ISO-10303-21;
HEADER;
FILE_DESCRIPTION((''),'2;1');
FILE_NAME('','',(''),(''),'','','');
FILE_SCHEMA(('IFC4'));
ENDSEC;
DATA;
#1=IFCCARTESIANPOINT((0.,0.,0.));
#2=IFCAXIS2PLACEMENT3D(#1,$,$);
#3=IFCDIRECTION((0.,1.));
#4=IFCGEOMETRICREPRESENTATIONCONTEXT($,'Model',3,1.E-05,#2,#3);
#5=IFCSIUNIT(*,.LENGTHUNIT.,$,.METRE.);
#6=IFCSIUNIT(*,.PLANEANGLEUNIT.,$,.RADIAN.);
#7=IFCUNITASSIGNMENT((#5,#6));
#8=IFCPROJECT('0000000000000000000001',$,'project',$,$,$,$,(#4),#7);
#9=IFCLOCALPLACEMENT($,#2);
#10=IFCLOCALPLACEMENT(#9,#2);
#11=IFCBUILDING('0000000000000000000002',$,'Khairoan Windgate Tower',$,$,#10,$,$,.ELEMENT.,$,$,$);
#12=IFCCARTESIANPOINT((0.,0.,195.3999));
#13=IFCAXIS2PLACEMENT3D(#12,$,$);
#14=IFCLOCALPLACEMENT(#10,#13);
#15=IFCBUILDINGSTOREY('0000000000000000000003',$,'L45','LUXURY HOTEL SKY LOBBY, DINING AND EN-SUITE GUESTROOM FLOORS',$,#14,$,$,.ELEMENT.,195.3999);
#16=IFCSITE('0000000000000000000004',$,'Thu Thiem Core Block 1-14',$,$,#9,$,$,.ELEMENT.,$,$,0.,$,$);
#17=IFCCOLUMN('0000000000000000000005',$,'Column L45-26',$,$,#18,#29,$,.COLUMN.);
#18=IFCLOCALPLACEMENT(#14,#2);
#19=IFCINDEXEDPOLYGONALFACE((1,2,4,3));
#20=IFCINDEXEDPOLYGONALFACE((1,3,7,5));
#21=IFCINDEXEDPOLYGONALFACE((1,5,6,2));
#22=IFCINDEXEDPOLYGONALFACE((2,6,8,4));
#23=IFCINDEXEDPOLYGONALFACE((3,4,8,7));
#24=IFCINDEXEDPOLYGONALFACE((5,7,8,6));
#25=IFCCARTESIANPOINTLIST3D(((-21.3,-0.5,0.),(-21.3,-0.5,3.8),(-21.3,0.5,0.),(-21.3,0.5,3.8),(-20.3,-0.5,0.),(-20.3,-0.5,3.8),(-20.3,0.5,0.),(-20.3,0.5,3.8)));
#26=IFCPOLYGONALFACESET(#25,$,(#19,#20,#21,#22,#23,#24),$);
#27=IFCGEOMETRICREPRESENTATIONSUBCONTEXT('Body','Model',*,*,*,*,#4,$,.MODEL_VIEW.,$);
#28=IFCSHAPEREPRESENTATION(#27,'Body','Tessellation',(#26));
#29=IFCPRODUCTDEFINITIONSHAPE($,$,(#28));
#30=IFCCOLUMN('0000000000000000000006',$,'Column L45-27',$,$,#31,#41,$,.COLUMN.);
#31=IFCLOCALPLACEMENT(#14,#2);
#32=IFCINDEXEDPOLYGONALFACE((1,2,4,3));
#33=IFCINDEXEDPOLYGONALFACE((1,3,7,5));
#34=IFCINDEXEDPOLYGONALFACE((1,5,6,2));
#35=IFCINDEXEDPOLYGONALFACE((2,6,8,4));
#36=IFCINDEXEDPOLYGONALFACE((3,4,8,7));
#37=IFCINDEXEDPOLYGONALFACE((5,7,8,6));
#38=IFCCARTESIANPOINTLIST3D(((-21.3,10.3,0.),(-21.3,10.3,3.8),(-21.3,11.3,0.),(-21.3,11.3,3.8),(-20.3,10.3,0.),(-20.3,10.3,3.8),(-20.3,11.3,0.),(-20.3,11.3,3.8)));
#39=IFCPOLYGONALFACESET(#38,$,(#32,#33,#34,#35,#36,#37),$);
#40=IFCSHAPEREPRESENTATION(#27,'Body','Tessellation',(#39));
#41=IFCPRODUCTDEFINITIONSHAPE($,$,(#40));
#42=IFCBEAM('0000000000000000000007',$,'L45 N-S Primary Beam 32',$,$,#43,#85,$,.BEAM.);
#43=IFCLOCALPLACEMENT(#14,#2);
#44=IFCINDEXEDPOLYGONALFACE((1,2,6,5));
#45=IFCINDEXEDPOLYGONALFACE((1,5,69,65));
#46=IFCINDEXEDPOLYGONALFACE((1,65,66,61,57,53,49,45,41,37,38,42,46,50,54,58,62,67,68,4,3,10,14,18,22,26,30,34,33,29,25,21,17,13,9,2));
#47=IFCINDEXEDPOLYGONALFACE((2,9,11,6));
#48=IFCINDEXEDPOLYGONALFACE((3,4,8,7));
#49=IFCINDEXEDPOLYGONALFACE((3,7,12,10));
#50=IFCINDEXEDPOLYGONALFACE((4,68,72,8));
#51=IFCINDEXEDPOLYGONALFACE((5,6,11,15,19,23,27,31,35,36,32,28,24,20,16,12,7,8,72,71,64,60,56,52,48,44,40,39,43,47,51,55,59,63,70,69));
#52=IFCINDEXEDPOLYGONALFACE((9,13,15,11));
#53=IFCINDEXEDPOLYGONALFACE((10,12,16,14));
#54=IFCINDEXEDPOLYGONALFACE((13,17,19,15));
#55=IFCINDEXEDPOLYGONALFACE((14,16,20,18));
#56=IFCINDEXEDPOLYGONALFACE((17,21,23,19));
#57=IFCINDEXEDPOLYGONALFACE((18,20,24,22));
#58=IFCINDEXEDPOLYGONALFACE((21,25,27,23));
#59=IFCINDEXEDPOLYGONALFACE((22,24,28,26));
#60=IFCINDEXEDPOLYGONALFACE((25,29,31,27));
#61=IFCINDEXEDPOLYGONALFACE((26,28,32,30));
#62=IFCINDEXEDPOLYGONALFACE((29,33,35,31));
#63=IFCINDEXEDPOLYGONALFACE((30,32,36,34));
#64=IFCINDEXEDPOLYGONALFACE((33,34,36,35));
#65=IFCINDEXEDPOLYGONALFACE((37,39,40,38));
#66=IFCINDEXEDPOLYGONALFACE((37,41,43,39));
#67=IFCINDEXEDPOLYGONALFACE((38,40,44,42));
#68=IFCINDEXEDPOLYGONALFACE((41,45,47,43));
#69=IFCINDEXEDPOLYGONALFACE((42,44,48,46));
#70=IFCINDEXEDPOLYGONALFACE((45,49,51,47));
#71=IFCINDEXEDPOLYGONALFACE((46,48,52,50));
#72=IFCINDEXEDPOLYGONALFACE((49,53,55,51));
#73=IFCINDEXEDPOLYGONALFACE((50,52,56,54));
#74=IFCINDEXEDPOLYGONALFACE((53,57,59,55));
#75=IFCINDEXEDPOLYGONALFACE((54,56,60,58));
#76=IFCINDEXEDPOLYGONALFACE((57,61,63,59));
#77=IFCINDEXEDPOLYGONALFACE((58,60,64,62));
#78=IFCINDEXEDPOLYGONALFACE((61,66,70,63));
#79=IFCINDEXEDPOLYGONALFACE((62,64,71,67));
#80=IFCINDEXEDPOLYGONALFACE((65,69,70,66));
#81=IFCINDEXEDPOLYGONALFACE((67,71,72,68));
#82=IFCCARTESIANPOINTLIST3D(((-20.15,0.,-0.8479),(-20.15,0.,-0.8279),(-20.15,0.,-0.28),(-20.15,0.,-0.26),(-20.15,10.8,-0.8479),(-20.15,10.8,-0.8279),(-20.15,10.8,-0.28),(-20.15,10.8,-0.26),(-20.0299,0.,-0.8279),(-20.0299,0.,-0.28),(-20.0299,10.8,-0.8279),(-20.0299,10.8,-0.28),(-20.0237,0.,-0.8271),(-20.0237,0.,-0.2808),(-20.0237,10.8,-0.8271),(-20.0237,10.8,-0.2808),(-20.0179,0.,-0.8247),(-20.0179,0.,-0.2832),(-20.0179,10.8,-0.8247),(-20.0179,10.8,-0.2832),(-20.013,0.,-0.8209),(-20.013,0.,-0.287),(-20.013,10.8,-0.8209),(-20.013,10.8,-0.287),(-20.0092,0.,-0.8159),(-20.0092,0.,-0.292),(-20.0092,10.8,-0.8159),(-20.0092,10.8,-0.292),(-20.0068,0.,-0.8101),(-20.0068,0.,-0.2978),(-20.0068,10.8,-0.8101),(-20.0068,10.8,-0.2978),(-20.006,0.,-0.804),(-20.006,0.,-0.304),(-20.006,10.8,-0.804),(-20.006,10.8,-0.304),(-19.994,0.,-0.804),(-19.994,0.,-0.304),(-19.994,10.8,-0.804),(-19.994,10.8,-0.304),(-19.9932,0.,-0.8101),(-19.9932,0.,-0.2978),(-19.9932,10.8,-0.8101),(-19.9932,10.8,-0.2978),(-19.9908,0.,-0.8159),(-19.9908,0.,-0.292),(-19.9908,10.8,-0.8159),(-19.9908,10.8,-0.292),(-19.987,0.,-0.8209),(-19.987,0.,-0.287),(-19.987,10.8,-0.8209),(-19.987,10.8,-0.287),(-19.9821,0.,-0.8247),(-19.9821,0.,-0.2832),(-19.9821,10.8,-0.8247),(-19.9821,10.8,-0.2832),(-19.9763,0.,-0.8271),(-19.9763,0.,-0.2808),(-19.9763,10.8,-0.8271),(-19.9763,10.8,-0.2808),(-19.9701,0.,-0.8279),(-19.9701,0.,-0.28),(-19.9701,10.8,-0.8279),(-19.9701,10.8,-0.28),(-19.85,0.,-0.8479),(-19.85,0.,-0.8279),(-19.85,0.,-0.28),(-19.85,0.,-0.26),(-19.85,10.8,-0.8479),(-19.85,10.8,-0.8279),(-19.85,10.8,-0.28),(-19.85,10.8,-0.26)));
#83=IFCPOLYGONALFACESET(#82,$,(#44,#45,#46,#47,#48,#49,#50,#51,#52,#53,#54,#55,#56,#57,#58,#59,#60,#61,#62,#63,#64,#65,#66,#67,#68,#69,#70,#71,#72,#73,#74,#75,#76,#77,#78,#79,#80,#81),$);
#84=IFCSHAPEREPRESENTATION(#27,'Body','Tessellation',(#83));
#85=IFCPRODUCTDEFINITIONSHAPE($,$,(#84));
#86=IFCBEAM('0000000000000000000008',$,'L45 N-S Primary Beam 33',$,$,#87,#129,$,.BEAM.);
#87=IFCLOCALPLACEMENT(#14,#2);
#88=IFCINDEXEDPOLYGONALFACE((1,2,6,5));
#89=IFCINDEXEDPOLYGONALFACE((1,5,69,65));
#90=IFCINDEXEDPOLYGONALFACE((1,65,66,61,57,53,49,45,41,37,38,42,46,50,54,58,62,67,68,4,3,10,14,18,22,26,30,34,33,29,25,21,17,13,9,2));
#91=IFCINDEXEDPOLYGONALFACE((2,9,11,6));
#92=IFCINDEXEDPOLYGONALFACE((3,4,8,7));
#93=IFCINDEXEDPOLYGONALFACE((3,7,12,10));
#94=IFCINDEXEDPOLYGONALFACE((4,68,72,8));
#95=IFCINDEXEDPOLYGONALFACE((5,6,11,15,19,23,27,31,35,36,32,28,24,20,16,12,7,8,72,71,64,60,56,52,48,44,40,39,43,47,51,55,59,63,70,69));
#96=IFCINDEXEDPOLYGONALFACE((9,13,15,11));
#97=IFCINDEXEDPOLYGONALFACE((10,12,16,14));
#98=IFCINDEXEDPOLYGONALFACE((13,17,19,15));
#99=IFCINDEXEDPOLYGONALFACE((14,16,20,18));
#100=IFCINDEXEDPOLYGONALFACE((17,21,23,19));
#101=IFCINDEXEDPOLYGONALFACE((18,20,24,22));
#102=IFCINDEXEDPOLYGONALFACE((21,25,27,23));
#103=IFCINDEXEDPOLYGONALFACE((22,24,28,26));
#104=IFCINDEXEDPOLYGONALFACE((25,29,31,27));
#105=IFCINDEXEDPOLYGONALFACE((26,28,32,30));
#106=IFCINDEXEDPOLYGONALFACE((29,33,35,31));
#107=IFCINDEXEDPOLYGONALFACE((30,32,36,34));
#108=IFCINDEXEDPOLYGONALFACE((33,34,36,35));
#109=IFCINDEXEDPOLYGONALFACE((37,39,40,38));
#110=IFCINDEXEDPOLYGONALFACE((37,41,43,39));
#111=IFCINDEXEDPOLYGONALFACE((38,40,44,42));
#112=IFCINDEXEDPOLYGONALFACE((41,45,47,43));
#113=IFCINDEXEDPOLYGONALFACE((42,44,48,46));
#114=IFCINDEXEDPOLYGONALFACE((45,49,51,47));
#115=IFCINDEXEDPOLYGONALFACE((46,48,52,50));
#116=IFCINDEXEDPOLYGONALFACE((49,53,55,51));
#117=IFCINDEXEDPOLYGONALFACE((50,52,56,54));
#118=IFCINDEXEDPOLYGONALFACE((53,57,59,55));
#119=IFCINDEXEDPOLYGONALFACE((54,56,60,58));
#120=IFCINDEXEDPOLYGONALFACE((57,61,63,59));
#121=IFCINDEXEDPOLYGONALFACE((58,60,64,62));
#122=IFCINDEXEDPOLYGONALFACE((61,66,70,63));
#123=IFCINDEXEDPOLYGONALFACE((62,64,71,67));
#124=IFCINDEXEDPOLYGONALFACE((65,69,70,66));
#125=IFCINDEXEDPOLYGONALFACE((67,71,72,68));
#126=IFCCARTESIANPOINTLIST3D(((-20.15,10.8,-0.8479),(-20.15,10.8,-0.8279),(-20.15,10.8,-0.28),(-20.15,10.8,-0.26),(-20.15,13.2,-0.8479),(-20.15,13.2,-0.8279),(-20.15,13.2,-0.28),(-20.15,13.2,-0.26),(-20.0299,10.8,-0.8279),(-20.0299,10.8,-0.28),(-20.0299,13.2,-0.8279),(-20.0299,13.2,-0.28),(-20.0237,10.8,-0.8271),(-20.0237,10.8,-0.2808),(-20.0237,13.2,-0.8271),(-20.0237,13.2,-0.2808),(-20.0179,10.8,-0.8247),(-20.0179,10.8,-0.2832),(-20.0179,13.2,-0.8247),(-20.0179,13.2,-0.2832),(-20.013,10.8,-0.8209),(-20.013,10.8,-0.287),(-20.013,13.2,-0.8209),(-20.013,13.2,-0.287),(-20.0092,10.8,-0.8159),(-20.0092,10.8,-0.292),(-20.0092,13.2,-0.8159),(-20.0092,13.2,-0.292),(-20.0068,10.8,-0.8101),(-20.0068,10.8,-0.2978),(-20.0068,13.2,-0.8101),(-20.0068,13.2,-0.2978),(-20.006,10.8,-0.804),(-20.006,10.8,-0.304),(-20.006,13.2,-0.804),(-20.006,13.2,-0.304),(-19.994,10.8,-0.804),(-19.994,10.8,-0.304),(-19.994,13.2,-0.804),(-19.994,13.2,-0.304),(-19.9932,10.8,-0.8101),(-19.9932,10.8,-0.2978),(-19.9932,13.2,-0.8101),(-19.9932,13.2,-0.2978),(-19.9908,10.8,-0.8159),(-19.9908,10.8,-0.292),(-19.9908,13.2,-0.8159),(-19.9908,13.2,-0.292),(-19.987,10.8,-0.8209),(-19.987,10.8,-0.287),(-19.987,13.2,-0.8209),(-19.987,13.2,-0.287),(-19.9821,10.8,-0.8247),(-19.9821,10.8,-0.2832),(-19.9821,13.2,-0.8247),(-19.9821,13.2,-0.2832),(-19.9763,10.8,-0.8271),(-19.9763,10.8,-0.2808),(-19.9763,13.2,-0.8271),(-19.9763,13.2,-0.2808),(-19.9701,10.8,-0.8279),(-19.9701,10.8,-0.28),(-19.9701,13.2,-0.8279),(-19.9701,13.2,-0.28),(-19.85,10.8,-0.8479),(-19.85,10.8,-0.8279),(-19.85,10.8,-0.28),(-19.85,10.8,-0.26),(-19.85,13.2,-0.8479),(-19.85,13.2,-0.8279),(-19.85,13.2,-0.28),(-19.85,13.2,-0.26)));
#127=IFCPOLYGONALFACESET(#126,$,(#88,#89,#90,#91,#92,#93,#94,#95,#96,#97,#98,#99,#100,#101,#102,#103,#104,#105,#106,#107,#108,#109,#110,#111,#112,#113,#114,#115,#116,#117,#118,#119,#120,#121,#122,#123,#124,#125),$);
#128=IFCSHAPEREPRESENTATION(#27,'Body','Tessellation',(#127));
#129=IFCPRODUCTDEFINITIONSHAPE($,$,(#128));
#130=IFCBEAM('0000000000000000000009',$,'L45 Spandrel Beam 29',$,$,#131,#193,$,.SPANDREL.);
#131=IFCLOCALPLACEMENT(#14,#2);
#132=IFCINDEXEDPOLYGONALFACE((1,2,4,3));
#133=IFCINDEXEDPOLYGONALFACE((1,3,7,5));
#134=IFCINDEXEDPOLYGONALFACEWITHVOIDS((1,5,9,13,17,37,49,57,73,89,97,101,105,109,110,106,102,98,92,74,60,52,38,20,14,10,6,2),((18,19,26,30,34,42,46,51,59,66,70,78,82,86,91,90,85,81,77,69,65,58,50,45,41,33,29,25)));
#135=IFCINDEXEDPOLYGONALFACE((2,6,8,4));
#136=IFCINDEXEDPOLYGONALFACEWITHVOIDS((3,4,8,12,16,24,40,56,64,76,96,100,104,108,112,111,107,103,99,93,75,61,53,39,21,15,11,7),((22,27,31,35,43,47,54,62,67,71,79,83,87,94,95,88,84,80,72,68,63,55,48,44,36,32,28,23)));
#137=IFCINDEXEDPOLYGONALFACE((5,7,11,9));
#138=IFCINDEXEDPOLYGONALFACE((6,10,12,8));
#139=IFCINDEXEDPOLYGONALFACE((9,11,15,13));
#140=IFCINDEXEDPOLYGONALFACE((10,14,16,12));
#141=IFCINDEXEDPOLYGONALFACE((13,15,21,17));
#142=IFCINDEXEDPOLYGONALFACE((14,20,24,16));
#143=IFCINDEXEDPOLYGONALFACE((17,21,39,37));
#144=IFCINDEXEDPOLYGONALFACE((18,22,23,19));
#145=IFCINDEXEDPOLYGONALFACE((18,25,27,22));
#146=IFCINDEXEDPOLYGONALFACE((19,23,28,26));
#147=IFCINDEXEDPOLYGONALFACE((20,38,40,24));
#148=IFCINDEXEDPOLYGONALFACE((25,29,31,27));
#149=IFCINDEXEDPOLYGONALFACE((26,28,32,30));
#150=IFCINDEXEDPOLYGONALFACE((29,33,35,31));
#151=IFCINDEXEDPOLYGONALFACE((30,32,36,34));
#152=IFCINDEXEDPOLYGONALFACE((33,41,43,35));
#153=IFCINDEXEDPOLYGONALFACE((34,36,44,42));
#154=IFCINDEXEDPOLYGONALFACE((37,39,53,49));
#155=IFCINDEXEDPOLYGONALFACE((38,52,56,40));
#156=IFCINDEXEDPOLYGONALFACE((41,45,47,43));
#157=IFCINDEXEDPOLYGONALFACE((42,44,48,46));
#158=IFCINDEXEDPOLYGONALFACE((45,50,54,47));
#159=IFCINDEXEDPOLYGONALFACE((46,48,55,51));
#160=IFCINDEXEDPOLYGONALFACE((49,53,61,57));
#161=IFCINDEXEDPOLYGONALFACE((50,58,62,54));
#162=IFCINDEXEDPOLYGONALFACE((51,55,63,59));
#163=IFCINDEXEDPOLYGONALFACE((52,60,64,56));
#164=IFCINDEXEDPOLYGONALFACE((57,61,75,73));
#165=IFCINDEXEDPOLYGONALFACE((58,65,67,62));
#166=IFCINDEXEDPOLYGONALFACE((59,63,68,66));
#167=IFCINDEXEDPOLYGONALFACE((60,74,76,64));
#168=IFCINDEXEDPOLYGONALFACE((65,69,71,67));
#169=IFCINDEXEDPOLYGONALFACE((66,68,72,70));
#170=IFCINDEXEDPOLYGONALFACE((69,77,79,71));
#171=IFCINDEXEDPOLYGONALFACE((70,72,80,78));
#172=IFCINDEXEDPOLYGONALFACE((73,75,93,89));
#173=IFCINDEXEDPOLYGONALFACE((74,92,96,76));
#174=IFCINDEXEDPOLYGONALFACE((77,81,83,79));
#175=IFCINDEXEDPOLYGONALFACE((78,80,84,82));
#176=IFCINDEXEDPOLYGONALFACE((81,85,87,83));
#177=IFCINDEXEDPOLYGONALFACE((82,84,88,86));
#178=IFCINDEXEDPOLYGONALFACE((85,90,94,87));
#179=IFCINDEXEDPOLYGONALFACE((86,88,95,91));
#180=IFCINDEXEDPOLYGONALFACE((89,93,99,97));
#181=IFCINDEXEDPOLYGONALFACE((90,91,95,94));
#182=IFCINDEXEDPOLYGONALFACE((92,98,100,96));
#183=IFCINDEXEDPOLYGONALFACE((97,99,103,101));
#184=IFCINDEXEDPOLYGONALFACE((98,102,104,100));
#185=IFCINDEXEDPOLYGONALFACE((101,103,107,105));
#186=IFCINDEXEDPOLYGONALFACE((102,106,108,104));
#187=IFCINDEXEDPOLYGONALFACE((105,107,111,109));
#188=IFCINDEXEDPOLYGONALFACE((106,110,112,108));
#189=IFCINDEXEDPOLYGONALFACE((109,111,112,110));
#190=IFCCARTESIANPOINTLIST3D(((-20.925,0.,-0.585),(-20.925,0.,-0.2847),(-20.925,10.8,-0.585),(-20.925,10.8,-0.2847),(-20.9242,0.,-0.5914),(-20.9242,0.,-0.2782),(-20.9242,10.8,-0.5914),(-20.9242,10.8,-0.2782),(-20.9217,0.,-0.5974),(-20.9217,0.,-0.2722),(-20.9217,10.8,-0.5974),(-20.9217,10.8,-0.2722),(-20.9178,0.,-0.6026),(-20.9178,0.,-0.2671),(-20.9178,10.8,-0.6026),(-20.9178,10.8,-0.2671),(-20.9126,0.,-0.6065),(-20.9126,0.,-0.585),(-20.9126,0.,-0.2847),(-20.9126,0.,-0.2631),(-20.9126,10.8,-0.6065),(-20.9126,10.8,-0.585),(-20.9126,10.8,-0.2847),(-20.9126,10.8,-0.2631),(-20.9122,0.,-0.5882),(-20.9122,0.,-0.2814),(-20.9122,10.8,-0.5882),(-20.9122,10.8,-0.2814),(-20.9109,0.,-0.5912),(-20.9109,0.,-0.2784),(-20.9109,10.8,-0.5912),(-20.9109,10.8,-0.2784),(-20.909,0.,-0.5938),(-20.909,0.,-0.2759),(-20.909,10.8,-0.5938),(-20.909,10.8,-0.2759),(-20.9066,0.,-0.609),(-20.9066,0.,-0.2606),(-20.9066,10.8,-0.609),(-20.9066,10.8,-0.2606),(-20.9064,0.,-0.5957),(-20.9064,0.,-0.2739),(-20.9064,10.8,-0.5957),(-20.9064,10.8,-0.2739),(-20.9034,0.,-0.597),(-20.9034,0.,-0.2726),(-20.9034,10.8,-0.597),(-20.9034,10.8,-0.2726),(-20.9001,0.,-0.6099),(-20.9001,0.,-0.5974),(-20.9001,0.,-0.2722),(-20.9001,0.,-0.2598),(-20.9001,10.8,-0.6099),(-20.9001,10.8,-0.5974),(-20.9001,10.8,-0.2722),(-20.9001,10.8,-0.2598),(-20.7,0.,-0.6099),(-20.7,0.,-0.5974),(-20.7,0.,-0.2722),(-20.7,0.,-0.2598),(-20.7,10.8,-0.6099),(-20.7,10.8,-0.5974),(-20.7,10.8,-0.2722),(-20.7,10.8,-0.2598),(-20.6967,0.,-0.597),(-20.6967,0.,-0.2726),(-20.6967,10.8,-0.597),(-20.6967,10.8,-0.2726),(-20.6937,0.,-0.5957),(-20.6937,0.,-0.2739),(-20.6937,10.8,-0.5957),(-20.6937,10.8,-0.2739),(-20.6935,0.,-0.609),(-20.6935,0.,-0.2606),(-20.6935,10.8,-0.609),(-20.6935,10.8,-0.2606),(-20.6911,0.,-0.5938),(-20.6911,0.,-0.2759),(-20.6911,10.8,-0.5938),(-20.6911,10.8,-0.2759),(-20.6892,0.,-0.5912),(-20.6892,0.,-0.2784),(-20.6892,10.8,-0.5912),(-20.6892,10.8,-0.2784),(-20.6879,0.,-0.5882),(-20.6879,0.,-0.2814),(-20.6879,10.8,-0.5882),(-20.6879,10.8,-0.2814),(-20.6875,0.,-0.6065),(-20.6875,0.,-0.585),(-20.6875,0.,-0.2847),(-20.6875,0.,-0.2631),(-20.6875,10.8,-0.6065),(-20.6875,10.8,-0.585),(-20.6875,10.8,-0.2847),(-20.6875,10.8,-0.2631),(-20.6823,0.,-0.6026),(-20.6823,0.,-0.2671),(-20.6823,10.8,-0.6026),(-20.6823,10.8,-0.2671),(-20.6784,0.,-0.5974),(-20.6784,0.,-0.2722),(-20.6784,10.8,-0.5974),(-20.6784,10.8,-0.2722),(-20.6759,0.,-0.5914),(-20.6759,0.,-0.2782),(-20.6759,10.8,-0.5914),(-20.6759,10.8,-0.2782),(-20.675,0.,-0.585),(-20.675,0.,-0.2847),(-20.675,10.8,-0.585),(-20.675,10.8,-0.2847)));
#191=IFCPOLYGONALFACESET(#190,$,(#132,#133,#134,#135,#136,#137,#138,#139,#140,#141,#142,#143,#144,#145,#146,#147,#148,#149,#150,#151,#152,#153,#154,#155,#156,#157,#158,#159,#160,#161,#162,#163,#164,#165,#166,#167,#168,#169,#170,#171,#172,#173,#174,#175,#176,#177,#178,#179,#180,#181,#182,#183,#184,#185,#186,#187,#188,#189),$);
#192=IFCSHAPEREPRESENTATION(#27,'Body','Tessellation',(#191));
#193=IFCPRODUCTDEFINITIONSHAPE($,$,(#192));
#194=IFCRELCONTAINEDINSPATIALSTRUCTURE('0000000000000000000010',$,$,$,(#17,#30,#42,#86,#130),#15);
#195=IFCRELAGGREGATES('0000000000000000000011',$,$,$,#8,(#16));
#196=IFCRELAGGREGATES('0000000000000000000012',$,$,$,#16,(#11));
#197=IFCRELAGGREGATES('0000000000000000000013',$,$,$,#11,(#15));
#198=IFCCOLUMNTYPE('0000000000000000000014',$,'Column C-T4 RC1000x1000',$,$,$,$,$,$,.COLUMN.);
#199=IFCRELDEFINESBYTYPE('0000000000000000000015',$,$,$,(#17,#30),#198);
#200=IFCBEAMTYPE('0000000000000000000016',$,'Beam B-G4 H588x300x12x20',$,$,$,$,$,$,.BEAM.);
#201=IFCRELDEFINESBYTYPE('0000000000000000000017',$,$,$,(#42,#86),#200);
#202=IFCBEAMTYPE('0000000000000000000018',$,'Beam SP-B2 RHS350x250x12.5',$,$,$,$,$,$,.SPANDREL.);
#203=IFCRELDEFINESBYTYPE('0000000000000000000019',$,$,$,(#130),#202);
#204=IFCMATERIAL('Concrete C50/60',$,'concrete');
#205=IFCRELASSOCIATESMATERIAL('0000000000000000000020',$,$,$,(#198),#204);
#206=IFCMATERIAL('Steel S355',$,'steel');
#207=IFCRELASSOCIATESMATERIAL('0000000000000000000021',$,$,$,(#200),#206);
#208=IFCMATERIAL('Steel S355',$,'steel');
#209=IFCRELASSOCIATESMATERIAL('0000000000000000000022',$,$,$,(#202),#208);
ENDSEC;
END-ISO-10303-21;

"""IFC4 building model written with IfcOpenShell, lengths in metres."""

from ifc_helpers import new_model, si_unit, direction, frame, origin, origin_2d, place, context, subcontext, project, spatial, rectangle, hollow_rectangle, i_section, extrude, material, material_profile, profile_set, type_object, element, save


model = new_model("IFC4")

# Units and contexts
model_context = context("Model", 3, precision=1e-05, world=origin(), true_north=direction((0.0, 1.0)))
body_context = subcontext(model_context, "Body", "Model", "MODEL_VIEW")
ifc_project = project(units=[si_unit("LENGTHUNIT", "METRE"), si_unit("PLANEANGLEUNIT", "RADIAN")], contexts=[model_context])

# Site, building, storey
site_placement = place(None, origin())
site = spatial("IfcSite", under=ifc_project, at=site_placement, Name="Thu Thiem Core Block 1-14", CompositionType="ELEMENT", RefElevation=0.0)
building_placement = place(site_placement, origin())
building = spatial("IfcBuilding", under=site, at=building_placement, Name="Khairoan Windgate Tower", CompositionType="ELEMENT")
storey_placement = place(building_placement, frame((0.0, 0.0, 195.3999)))
storey = spatial("IfcBuildingStorey", under=building, at=storey_placement, Name="L45", Description="LUXURY HOTEL SKY LOBBY, DINING AND EN-SUITE GUESTROOM FLOORS", CompositionType="ELEMENT", Elevation=195.3999)

# Columns
ifc_material_1 = material(Name="Concrete C50/60", Category="concrete")
ifc_material_profile_1 = material_profile(ifc_material_1, rectangle(XDim=1.0, YDim=1.0, at=origin_2d()))
ifc_profile_set_1 = profile_set([ifc_material_profile_1], Name="Concrete C50/60")
column_type = type_object("IfcColumnType", Name="Column C-T4 RC1000x1000", PredefinedType="COLUMN", material=ifc_profile_set_1)
for number, where, z_axis, x_axis, name in (
    (1, (-20.8, 0.0, 0.0), (0.0, 0.0, 1.0), (1.0, 0.0, 0.0), "Column L45-26"),
    (2, (-20.8, 10.8, 0.0), (0.0, 0.0, 1.0), (1.0, 0.0, 0.0), "Column L45-27"),
):
    element("IfcColumn", number, at=place(storey_placement, frame(where, z_axis=z_axis, x_axis=x_axis)), inside=storey, type_object=column_type, Name=name, PredefinedType="COLUMN", context=body_context, shape_type="SweptSolid", body=[
        extrude(rectangle(XDim=1.0, YDim=1.0, at=origin_2d()), origin(), (0.0, 0.0, 1.0), 3.8),
    ])

# Beams
ifc_material_2 = material(Name="Steel S355", Category="steel")
ifc_material_profile_2 = material_profile(ifc_material_2, i_section(OverallWidth=0.3, OverallDepth=0.5879, WebThickness=0.012, FlangeThickness=0.02, FilletRadius=0.0239, at=origin_2d()))
ifc_profile_set_2 = profile_set([ifc_material_profile_2], Name="Steel S355")
beam_type_1 = type_object("IfcBeamType", Name="Beam B-G4 H588x300x12x20", PredefinedType="BEAM", material=ifc_profile_set_2)
beam_1_placement = place(storey_placement, frame((-20.0, 0.0, -0.554), z_axis=(0.0, 1.0, 0.0), x_axis=(-1.0, 0.0, 0.0)))
element("IfcBeam", 3, at=beam_1_placement, inside=storey, type_object=beam_type_1, Name="L45 N-S Primary Beam 32", PredefinedType="BEAM", context=body_context, shape_type="SweptSolid", body=[
    extrude(i_section(OverallWidth=0.3, OverallDepth=0.5879, WebThickness=0.012, FlangeThickness=0.02, FilletRadius=0.0239, at=origin_2d()), origin(), (0.0, 0.0, 1.0), 10.8),
])
beam_2_placement = place(storey_placement, frame((-20.0, 10.8, -0.554), z_axis=(0.0, 1.0, 0.0), x_axis=(-1.0, 0.0, 0.0)))
element("IfcBeam", 4, at=beam_2_placement, inside=storey, type_object=beam_type_1, Name="L45 N-S Primary Beam 33", PredefinedType="BEAM", context=body_context, shape_type="SweptSolid", body=[
    extrude(i_section(OverallWidth=0.3, OverallDepth=0.5879, WebThickness=0.012, FlangeThickness=0.02, FilletRadius=0.0239, at=origin_2d()), origin(), (0.0, 0.0, 1.0), 2.3999),
])
ifc_material_3 = material(Name="Steel S355", Category="steel")
ifc_material_profile_3 = material_profile(ifc_material_3, hollow_rectangle(XDim=0.25, YDim=0.3501, WallThickness=0.0125, InnerFilletRadius=0.0125, OuterFilletRadius=0.0249, at=origin_2d()))
ifc_profile_set_3 = profile_set([ifc_material_profile_3], Name="Steel S355")
beam_type_2 = type_object("IfcBeamType", Name="Beam SP-B2 RHS350x250x12.5", PredefinedType="SPANDREL", material=ifc_profile_set_3)
beam_3_placement = place(storey_placement, frame((-20.8, 0.0, -0.4348), z_axis=(0.0, 1.0, 0.0), x_axis=(-1.0, 0.0, 0.0)))
element("IfcBeam", 5, at=beam_3_placement, inside=storey, type_object=beam_type_2, Name="L45 Spandrel Beam 29", PredefinedType="SPANDREL", context=body_context, shape_type="SweptSolid", body=[
    extrude(hollow_rectangle(XDim=0.25, YDim=0.3501, WallThickness=0.0125, InnerFilletRadius=0.0125, OuterFilletRadius=0.0249, at=origin_2d()), origin(), (0.0, 0.0, 1.0), 10.8),
])

save(model, "model.ifc")
